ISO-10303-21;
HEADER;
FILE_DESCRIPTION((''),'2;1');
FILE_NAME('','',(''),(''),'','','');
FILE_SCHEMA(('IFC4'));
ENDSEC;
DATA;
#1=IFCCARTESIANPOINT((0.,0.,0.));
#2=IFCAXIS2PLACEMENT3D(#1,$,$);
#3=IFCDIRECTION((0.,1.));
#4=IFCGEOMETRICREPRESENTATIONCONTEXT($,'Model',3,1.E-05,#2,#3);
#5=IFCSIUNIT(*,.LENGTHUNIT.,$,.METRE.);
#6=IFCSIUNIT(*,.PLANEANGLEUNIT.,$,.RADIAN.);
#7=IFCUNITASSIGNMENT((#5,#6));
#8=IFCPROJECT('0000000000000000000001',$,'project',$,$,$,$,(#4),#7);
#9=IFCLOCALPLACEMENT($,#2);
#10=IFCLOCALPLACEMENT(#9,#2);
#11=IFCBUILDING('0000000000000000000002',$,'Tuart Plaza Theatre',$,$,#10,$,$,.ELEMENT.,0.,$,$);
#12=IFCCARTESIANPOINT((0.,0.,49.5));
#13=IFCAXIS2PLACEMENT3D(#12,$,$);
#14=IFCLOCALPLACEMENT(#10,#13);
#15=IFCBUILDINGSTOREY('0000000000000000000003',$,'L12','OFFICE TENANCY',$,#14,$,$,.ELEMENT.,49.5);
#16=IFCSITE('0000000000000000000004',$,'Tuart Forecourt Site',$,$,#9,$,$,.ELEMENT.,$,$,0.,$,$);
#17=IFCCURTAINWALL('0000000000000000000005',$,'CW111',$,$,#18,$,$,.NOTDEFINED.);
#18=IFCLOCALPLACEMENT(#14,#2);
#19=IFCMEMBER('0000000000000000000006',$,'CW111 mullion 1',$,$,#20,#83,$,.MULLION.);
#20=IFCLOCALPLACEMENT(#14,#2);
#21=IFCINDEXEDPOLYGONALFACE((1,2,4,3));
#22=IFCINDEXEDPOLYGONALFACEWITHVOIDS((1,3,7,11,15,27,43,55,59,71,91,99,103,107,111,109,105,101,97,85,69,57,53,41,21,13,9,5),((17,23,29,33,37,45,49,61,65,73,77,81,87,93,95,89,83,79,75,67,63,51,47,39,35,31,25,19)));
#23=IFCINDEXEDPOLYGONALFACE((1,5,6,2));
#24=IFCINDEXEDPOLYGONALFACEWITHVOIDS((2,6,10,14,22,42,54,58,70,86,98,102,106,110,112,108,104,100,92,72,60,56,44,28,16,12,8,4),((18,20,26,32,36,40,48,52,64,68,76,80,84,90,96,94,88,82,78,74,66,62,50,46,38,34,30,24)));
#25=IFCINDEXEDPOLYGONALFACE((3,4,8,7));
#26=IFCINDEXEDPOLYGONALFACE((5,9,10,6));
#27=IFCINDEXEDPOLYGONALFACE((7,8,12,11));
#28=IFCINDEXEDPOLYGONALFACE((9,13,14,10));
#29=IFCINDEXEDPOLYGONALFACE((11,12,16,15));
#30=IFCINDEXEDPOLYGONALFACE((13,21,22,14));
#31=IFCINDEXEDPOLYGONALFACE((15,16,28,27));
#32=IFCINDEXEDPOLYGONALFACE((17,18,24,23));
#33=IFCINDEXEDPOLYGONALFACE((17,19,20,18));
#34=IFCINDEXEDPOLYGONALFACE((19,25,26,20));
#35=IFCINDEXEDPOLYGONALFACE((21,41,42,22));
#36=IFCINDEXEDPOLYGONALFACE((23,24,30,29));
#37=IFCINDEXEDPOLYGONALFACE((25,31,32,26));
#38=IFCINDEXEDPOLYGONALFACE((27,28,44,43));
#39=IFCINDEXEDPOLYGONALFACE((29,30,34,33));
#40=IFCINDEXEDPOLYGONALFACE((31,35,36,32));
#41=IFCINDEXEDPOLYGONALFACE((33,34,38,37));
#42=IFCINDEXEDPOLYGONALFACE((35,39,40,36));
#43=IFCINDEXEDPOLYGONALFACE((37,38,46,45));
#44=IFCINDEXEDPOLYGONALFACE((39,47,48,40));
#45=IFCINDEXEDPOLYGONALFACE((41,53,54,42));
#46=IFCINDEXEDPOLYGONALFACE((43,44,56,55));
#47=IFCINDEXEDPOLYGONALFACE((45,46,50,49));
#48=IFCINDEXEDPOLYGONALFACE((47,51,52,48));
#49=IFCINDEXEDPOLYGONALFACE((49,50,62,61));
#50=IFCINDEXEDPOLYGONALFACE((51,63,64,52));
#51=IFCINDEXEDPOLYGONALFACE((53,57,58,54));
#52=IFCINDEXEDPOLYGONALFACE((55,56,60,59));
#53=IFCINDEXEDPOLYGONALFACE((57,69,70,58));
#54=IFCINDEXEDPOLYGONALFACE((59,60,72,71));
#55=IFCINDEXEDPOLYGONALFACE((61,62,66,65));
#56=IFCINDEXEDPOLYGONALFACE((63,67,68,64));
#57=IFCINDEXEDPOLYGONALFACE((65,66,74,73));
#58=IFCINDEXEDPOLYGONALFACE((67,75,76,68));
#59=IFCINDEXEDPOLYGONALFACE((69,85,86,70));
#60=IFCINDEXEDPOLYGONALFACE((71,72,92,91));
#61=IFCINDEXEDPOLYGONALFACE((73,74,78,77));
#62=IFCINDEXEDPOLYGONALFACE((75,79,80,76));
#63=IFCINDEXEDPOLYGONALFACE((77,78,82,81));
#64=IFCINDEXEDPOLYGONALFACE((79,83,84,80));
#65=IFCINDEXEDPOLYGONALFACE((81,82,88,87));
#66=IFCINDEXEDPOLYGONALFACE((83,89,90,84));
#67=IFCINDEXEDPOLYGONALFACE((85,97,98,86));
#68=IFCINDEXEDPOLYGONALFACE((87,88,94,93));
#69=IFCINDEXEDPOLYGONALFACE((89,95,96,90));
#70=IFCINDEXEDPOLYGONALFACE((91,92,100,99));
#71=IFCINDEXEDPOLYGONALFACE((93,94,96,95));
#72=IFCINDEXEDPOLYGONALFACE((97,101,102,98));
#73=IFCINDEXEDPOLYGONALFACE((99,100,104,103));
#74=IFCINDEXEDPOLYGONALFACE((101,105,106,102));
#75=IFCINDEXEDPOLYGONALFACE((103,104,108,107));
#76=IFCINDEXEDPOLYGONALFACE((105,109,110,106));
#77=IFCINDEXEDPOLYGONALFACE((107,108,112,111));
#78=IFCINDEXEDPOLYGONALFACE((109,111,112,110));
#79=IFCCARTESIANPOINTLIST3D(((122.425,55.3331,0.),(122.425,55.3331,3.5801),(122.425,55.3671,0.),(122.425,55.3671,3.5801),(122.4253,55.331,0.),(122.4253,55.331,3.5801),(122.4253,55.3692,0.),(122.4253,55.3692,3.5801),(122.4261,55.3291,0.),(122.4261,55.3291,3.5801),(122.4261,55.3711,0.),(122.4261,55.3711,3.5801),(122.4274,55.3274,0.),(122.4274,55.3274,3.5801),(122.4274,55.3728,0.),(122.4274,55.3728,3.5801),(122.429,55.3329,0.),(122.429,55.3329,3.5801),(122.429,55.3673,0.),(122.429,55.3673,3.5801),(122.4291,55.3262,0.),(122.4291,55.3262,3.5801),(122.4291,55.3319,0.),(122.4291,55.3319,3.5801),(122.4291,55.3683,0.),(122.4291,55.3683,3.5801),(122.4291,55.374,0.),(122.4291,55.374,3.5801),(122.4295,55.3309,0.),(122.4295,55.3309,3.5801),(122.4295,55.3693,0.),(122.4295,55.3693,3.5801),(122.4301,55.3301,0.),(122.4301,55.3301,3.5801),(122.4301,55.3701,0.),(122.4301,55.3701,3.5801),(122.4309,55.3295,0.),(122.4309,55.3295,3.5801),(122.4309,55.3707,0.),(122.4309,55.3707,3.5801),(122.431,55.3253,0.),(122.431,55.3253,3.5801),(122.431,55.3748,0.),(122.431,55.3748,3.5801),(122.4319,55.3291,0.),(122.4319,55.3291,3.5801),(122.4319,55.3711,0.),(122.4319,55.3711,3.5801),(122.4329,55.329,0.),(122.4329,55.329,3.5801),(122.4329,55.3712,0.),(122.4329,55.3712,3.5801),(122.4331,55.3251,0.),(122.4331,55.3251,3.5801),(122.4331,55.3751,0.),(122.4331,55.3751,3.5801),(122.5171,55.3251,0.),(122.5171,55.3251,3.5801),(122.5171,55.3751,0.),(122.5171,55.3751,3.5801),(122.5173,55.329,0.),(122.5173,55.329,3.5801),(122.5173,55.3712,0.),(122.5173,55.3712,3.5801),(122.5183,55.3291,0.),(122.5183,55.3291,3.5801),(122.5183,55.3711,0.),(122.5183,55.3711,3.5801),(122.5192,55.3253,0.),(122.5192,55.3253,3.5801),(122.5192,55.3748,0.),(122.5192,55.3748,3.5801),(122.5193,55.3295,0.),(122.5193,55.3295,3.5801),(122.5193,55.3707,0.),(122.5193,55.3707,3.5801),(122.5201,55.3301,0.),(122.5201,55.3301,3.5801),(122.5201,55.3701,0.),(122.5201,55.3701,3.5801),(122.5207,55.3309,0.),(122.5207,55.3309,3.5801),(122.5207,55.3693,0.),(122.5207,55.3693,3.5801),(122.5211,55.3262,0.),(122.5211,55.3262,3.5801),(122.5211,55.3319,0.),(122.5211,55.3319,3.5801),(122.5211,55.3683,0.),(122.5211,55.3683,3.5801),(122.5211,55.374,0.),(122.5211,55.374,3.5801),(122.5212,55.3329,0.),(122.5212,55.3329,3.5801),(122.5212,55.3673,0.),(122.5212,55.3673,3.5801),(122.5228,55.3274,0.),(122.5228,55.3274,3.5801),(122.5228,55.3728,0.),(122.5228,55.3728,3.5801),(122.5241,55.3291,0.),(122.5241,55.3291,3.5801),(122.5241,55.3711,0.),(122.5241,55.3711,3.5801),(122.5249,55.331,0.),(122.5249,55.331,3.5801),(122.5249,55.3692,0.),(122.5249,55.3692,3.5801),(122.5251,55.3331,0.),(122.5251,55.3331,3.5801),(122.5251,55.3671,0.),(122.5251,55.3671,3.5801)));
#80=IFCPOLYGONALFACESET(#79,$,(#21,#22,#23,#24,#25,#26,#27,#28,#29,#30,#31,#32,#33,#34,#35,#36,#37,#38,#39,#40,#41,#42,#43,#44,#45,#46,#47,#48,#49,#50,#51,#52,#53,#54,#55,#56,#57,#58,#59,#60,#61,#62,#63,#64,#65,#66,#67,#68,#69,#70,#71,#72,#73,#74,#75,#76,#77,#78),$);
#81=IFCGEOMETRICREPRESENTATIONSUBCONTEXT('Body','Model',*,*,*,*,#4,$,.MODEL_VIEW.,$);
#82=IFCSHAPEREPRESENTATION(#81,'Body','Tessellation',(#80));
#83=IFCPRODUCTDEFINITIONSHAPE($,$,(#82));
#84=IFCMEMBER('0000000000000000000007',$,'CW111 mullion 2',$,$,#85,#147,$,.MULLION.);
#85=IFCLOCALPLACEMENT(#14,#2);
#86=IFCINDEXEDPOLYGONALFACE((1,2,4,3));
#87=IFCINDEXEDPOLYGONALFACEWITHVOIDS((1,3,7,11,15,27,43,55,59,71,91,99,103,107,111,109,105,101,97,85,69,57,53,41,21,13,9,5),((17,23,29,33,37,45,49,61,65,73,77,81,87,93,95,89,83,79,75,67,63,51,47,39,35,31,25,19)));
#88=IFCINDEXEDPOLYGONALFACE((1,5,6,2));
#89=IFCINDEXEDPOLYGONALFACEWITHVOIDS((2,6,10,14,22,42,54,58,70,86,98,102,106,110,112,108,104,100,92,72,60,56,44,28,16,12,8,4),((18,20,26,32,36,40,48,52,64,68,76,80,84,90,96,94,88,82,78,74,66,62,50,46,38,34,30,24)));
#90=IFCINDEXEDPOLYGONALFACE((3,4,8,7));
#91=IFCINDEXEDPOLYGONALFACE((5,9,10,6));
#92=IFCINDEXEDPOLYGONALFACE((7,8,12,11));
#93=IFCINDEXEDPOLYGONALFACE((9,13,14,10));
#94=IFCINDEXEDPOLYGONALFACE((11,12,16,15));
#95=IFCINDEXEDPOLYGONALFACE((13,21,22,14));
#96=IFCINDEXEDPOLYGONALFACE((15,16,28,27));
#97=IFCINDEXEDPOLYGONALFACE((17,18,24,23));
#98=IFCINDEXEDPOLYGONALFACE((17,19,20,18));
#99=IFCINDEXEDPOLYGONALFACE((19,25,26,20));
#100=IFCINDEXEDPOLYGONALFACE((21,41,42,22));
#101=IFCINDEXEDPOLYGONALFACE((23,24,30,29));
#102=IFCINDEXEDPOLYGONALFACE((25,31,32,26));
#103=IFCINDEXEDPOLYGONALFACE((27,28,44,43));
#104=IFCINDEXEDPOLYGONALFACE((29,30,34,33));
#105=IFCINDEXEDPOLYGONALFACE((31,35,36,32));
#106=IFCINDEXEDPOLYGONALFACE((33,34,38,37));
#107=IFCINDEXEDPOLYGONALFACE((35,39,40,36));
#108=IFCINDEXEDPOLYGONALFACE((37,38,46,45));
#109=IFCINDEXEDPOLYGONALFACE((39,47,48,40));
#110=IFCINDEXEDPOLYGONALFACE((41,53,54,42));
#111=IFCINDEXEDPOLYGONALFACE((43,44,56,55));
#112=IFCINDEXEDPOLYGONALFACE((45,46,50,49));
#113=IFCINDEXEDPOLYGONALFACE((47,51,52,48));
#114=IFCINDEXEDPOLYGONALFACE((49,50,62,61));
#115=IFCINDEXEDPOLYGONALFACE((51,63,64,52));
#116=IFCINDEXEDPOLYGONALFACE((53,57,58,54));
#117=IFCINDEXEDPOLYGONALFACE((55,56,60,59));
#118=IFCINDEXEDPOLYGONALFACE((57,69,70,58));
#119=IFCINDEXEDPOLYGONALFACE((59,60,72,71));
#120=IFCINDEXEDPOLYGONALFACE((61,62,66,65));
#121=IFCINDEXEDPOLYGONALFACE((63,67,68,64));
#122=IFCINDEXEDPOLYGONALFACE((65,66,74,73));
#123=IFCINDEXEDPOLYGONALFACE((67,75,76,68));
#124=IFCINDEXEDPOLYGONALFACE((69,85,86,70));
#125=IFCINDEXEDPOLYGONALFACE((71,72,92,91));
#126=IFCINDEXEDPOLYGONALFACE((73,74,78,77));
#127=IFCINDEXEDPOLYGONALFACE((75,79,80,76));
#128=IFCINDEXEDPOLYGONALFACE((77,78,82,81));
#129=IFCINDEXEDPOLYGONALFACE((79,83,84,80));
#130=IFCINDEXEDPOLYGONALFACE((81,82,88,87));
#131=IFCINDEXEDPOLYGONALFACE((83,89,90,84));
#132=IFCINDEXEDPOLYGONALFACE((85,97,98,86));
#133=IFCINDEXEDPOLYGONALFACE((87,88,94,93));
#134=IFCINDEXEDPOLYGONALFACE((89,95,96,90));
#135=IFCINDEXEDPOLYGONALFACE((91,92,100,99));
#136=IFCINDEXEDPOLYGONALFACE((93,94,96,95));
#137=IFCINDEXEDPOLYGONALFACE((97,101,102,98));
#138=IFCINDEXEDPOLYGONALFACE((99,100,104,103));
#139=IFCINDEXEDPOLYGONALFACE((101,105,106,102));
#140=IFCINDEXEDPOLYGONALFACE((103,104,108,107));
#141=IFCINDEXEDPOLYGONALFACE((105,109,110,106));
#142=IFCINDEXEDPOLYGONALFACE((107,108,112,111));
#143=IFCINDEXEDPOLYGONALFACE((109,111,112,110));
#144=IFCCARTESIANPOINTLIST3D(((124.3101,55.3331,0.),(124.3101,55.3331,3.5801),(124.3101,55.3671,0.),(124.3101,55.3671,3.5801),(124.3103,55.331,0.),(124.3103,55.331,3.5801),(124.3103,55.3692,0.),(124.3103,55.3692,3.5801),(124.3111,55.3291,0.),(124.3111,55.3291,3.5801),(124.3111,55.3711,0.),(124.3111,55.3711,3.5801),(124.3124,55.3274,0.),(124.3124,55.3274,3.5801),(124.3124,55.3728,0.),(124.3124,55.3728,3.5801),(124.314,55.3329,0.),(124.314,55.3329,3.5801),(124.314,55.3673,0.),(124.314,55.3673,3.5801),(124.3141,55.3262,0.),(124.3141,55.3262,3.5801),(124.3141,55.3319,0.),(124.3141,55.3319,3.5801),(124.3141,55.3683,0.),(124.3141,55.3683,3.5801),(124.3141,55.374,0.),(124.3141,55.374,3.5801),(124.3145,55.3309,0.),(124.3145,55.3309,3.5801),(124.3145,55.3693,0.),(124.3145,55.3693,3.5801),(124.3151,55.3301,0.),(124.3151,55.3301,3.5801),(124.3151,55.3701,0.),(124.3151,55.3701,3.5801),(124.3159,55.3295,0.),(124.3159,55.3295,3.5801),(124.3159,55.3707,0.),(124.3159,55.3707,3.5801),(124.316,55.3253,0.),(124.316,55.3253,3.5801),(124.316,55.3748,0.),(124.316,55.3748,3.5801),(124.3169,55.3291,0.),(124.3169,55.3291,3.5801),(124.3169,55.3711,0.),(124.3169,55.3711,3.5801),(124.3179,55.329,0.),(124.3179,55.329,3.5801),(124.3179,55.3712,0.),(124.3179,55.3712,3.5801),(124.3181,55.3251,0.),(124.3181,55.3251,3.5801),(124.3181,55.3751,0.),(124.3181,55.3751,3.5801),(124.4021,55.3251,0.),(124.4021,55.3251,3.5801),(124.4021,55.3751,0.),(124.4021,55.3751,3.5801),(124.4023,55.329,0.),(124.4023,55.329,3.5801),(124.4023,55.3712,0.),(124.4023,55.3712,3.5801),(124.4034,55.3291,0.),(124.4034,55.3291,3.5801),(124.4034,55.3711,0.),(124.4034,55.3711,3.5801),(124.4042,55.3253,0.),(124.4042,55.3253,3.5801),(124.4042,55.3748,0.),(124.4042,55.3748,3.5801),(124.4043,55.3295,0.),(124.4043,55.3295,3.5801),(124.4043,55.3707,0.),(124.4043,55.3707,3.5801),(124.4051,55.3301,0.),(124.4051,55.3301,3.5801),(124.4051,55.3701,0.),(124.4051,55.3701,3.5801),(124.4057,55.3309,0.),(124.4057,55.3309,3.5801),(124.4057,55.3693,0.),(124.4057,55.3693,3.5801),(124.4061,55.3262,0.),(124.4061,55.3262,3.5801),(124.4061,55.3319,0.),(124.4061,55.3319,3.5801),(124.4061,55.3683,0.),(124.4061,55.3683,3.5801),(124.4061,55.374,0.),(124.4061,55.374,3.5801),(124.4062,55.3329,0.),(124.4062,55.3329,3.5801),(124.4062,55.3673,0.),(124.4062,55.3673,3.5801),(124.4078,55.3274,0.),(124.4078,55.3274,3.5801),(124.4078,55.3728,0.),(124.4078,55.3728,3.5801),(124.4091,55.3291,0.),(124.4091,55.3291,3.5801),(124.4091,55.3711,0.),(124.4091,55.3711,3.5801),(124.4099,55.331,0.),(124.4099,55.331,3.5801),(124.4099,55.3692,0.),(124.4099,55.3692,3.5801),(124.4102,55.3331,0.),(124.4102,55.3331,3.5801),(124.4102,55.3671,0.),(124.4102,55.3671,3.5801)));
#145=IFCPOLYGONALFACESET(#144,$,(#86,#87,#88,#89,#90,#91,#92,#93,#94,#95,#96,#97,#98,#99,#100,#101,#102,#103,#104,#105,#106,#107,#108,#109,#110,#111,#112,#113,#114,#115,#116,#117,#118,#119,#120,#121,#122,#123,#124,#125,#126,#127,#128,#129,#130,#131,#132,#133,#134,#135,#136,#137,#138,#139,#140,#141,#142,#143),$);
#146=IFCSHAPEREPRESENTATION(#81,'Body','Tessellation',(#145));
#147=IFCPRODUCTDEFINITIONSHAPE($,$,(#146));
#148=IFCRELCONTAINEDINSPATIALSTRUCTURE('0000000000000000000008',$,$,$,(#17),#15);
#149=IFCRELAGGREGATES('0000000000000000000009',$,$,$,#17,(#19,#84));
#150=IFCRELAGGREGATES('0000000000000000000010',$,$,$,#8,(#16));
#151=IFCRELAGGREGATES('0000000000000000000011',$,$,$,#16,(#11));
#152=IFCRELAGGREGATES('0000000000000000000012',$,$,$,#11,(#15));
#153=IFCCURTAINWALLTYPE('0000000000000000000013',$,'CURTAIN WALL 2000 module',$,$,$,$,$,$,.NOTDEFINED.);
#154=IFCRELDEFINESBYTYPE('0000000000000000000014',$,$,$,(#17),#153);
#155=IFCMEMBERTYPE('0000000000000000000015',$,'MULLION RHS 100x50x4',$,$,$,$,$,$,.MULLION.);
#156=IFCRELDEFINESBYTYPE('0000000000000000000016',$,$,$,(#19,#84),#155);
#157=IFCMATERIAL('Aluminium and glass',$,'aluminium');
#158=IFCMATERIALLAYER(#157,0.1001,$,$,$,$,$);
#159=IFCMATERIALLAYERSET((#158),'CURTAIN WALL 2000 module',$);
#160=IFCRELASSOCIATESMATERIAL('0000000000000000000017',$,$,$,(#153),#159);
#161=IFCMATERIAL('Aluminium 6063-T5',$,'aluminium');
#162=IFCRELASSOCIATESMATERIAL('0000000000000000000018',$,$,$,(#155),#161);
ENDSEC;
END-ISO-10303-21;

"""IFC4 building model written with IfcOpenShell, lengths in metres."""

from ifc_helpers import new_model, si_unit, direction, frame, origin, origin_2d, place, context, subcontext, project, spatial, hollow_rectangle, extrude, material, layer, layer_set, material_profile, profile_set, type_object, element, aggregate, save


model = new_model("IFC4")

# Units and contexts
model_context = context("Model", 3, precision=1e-05, world=origin(), true_north=direction((0.0, 1.0)))
body_context = subcontext(model_context, "Body", "Model", "MODEL_VIEW")
ifc_project = project(units=[si_unit("LENGTHUNIT", "METRE"), si_unit("PLANEANGLEUNIT", "RADIAN")], contexts=[model_context])

# Site, building, storey
site_placement = place(None, origin())
site = spatial("IfcSite", under=ifc_project, at=site_placement, Name="Tuart Forecourt Site", CompositionType="ELEMENT", RefElevation=0.0)
building_placement = place(site_placement, origin())
building = spatial("IfcBuilding", under=site, at=building_placement, Name="Tuart Plaza Theatre", CompositionType="ELEMENT", ElevationOfRefHeight=0.0)
storey_placement = place(building_placement, frame((0.0, 0.0, 49.5)))
storey = spatial("IfcBuildingStorey", under=building, at=storey_placement, Name="L12", Description="OFFICE TENANCY", CompositionType="ELEMENT", Elevation=49.5)

# Curtain wall, members
ifc_material_1 = material(Name="Aluminium and glass", Category="aluminium")
ifc_layer_1 = layer(ifc_material_1, 0.1001)
ifc_layer_set_1 = layer_set([ifc_layer_1], Name="CURTAIN WALL 2000 module")
curtain_wall_type = type_object("IfcCurtainWallType", Name="CURTAIN WALL 2000 module", PredefinedType="NOTDEFINED", material=ifc_layer_set_1)
curtain_wall_placement = place(storey_placement, origin())
curtain_wall = element("IfcCurtainWall", 1, at=curtain_wall_placement, inside=storey, type_object=curtain_wall_type, Name="CW111", PredefinedType="NOTDEFINED")
ifc_material_2 = material(Name="Aluminium 6063-T5", Category="aluminium")
ifc_material_profile_1 = material_profile(ifc_material_2, hollow_rectangle(XDim=0.05, YDim=0.1001, WallThickness=0.0039, InnerFilletRadius=0.0039, OuterFilletRadius=0.0081, at=origin_2d()), Name="RHS 100x50x4")
ifc_profile_set_1 = profile_set([ifc_material_profile_1], Name="Aluminium 6063-T5")
member_type_1 = type_object("IfcMemberType", Name="MULLION RHS 100x50x4", PredefinedType="MULLION", material=ifc_profile_set_1)
member_1_placement = place(storey_placement, frame((122.4751, 55.3501, 0.0), z_axis=(0.0, 0.0, 1.0), x_axis=(0.0, 1.0, 0.0)))
member_1 = element("IfcMember", 2, at=member_1_placement, type_object=member_type_1, Name="CW111 mullion 1", PredefinedType="MULLION", context=body_context, shape_type="SweptSolid", body=[
    extrude(hollow_rectangle(XDim=0.05, YDim=0.1001, WallThickness=0.0039, InnerFilletRadius=0.0039, OuterFilletRadius=0.0081, at=origin_2d()), origin(), (0.0, 0.0, 1.0), 3.5801),
])
member_2_placement = place(storey_placement, frame((124.3601, 55.3501, 0.0), z_axis=(0.0, 0.0, 1.0), x_axis=(0.0, 1.0, 0.0)))
member_2 = element("IfcMember", 3, at=member_2_placement, type_object=member_type_1, Name="CW111 mullion 2", PredefinedType="MULLION", context=body_context, shape_type="SweptSolid", body=[
    extrude(hollow_rectangle(XDim=0.05, YDim=0.1001, WallThickness=0.0039, InnerFilletRadius=0.0039, OuterFilletRadius=0.0081, at=origin_2d()), origin(), (0.0, 0.0, 1.0), 3.5801),
])
aggregate(curtain_wall, [member_1, member_2])

save(model, "model.ifc")
